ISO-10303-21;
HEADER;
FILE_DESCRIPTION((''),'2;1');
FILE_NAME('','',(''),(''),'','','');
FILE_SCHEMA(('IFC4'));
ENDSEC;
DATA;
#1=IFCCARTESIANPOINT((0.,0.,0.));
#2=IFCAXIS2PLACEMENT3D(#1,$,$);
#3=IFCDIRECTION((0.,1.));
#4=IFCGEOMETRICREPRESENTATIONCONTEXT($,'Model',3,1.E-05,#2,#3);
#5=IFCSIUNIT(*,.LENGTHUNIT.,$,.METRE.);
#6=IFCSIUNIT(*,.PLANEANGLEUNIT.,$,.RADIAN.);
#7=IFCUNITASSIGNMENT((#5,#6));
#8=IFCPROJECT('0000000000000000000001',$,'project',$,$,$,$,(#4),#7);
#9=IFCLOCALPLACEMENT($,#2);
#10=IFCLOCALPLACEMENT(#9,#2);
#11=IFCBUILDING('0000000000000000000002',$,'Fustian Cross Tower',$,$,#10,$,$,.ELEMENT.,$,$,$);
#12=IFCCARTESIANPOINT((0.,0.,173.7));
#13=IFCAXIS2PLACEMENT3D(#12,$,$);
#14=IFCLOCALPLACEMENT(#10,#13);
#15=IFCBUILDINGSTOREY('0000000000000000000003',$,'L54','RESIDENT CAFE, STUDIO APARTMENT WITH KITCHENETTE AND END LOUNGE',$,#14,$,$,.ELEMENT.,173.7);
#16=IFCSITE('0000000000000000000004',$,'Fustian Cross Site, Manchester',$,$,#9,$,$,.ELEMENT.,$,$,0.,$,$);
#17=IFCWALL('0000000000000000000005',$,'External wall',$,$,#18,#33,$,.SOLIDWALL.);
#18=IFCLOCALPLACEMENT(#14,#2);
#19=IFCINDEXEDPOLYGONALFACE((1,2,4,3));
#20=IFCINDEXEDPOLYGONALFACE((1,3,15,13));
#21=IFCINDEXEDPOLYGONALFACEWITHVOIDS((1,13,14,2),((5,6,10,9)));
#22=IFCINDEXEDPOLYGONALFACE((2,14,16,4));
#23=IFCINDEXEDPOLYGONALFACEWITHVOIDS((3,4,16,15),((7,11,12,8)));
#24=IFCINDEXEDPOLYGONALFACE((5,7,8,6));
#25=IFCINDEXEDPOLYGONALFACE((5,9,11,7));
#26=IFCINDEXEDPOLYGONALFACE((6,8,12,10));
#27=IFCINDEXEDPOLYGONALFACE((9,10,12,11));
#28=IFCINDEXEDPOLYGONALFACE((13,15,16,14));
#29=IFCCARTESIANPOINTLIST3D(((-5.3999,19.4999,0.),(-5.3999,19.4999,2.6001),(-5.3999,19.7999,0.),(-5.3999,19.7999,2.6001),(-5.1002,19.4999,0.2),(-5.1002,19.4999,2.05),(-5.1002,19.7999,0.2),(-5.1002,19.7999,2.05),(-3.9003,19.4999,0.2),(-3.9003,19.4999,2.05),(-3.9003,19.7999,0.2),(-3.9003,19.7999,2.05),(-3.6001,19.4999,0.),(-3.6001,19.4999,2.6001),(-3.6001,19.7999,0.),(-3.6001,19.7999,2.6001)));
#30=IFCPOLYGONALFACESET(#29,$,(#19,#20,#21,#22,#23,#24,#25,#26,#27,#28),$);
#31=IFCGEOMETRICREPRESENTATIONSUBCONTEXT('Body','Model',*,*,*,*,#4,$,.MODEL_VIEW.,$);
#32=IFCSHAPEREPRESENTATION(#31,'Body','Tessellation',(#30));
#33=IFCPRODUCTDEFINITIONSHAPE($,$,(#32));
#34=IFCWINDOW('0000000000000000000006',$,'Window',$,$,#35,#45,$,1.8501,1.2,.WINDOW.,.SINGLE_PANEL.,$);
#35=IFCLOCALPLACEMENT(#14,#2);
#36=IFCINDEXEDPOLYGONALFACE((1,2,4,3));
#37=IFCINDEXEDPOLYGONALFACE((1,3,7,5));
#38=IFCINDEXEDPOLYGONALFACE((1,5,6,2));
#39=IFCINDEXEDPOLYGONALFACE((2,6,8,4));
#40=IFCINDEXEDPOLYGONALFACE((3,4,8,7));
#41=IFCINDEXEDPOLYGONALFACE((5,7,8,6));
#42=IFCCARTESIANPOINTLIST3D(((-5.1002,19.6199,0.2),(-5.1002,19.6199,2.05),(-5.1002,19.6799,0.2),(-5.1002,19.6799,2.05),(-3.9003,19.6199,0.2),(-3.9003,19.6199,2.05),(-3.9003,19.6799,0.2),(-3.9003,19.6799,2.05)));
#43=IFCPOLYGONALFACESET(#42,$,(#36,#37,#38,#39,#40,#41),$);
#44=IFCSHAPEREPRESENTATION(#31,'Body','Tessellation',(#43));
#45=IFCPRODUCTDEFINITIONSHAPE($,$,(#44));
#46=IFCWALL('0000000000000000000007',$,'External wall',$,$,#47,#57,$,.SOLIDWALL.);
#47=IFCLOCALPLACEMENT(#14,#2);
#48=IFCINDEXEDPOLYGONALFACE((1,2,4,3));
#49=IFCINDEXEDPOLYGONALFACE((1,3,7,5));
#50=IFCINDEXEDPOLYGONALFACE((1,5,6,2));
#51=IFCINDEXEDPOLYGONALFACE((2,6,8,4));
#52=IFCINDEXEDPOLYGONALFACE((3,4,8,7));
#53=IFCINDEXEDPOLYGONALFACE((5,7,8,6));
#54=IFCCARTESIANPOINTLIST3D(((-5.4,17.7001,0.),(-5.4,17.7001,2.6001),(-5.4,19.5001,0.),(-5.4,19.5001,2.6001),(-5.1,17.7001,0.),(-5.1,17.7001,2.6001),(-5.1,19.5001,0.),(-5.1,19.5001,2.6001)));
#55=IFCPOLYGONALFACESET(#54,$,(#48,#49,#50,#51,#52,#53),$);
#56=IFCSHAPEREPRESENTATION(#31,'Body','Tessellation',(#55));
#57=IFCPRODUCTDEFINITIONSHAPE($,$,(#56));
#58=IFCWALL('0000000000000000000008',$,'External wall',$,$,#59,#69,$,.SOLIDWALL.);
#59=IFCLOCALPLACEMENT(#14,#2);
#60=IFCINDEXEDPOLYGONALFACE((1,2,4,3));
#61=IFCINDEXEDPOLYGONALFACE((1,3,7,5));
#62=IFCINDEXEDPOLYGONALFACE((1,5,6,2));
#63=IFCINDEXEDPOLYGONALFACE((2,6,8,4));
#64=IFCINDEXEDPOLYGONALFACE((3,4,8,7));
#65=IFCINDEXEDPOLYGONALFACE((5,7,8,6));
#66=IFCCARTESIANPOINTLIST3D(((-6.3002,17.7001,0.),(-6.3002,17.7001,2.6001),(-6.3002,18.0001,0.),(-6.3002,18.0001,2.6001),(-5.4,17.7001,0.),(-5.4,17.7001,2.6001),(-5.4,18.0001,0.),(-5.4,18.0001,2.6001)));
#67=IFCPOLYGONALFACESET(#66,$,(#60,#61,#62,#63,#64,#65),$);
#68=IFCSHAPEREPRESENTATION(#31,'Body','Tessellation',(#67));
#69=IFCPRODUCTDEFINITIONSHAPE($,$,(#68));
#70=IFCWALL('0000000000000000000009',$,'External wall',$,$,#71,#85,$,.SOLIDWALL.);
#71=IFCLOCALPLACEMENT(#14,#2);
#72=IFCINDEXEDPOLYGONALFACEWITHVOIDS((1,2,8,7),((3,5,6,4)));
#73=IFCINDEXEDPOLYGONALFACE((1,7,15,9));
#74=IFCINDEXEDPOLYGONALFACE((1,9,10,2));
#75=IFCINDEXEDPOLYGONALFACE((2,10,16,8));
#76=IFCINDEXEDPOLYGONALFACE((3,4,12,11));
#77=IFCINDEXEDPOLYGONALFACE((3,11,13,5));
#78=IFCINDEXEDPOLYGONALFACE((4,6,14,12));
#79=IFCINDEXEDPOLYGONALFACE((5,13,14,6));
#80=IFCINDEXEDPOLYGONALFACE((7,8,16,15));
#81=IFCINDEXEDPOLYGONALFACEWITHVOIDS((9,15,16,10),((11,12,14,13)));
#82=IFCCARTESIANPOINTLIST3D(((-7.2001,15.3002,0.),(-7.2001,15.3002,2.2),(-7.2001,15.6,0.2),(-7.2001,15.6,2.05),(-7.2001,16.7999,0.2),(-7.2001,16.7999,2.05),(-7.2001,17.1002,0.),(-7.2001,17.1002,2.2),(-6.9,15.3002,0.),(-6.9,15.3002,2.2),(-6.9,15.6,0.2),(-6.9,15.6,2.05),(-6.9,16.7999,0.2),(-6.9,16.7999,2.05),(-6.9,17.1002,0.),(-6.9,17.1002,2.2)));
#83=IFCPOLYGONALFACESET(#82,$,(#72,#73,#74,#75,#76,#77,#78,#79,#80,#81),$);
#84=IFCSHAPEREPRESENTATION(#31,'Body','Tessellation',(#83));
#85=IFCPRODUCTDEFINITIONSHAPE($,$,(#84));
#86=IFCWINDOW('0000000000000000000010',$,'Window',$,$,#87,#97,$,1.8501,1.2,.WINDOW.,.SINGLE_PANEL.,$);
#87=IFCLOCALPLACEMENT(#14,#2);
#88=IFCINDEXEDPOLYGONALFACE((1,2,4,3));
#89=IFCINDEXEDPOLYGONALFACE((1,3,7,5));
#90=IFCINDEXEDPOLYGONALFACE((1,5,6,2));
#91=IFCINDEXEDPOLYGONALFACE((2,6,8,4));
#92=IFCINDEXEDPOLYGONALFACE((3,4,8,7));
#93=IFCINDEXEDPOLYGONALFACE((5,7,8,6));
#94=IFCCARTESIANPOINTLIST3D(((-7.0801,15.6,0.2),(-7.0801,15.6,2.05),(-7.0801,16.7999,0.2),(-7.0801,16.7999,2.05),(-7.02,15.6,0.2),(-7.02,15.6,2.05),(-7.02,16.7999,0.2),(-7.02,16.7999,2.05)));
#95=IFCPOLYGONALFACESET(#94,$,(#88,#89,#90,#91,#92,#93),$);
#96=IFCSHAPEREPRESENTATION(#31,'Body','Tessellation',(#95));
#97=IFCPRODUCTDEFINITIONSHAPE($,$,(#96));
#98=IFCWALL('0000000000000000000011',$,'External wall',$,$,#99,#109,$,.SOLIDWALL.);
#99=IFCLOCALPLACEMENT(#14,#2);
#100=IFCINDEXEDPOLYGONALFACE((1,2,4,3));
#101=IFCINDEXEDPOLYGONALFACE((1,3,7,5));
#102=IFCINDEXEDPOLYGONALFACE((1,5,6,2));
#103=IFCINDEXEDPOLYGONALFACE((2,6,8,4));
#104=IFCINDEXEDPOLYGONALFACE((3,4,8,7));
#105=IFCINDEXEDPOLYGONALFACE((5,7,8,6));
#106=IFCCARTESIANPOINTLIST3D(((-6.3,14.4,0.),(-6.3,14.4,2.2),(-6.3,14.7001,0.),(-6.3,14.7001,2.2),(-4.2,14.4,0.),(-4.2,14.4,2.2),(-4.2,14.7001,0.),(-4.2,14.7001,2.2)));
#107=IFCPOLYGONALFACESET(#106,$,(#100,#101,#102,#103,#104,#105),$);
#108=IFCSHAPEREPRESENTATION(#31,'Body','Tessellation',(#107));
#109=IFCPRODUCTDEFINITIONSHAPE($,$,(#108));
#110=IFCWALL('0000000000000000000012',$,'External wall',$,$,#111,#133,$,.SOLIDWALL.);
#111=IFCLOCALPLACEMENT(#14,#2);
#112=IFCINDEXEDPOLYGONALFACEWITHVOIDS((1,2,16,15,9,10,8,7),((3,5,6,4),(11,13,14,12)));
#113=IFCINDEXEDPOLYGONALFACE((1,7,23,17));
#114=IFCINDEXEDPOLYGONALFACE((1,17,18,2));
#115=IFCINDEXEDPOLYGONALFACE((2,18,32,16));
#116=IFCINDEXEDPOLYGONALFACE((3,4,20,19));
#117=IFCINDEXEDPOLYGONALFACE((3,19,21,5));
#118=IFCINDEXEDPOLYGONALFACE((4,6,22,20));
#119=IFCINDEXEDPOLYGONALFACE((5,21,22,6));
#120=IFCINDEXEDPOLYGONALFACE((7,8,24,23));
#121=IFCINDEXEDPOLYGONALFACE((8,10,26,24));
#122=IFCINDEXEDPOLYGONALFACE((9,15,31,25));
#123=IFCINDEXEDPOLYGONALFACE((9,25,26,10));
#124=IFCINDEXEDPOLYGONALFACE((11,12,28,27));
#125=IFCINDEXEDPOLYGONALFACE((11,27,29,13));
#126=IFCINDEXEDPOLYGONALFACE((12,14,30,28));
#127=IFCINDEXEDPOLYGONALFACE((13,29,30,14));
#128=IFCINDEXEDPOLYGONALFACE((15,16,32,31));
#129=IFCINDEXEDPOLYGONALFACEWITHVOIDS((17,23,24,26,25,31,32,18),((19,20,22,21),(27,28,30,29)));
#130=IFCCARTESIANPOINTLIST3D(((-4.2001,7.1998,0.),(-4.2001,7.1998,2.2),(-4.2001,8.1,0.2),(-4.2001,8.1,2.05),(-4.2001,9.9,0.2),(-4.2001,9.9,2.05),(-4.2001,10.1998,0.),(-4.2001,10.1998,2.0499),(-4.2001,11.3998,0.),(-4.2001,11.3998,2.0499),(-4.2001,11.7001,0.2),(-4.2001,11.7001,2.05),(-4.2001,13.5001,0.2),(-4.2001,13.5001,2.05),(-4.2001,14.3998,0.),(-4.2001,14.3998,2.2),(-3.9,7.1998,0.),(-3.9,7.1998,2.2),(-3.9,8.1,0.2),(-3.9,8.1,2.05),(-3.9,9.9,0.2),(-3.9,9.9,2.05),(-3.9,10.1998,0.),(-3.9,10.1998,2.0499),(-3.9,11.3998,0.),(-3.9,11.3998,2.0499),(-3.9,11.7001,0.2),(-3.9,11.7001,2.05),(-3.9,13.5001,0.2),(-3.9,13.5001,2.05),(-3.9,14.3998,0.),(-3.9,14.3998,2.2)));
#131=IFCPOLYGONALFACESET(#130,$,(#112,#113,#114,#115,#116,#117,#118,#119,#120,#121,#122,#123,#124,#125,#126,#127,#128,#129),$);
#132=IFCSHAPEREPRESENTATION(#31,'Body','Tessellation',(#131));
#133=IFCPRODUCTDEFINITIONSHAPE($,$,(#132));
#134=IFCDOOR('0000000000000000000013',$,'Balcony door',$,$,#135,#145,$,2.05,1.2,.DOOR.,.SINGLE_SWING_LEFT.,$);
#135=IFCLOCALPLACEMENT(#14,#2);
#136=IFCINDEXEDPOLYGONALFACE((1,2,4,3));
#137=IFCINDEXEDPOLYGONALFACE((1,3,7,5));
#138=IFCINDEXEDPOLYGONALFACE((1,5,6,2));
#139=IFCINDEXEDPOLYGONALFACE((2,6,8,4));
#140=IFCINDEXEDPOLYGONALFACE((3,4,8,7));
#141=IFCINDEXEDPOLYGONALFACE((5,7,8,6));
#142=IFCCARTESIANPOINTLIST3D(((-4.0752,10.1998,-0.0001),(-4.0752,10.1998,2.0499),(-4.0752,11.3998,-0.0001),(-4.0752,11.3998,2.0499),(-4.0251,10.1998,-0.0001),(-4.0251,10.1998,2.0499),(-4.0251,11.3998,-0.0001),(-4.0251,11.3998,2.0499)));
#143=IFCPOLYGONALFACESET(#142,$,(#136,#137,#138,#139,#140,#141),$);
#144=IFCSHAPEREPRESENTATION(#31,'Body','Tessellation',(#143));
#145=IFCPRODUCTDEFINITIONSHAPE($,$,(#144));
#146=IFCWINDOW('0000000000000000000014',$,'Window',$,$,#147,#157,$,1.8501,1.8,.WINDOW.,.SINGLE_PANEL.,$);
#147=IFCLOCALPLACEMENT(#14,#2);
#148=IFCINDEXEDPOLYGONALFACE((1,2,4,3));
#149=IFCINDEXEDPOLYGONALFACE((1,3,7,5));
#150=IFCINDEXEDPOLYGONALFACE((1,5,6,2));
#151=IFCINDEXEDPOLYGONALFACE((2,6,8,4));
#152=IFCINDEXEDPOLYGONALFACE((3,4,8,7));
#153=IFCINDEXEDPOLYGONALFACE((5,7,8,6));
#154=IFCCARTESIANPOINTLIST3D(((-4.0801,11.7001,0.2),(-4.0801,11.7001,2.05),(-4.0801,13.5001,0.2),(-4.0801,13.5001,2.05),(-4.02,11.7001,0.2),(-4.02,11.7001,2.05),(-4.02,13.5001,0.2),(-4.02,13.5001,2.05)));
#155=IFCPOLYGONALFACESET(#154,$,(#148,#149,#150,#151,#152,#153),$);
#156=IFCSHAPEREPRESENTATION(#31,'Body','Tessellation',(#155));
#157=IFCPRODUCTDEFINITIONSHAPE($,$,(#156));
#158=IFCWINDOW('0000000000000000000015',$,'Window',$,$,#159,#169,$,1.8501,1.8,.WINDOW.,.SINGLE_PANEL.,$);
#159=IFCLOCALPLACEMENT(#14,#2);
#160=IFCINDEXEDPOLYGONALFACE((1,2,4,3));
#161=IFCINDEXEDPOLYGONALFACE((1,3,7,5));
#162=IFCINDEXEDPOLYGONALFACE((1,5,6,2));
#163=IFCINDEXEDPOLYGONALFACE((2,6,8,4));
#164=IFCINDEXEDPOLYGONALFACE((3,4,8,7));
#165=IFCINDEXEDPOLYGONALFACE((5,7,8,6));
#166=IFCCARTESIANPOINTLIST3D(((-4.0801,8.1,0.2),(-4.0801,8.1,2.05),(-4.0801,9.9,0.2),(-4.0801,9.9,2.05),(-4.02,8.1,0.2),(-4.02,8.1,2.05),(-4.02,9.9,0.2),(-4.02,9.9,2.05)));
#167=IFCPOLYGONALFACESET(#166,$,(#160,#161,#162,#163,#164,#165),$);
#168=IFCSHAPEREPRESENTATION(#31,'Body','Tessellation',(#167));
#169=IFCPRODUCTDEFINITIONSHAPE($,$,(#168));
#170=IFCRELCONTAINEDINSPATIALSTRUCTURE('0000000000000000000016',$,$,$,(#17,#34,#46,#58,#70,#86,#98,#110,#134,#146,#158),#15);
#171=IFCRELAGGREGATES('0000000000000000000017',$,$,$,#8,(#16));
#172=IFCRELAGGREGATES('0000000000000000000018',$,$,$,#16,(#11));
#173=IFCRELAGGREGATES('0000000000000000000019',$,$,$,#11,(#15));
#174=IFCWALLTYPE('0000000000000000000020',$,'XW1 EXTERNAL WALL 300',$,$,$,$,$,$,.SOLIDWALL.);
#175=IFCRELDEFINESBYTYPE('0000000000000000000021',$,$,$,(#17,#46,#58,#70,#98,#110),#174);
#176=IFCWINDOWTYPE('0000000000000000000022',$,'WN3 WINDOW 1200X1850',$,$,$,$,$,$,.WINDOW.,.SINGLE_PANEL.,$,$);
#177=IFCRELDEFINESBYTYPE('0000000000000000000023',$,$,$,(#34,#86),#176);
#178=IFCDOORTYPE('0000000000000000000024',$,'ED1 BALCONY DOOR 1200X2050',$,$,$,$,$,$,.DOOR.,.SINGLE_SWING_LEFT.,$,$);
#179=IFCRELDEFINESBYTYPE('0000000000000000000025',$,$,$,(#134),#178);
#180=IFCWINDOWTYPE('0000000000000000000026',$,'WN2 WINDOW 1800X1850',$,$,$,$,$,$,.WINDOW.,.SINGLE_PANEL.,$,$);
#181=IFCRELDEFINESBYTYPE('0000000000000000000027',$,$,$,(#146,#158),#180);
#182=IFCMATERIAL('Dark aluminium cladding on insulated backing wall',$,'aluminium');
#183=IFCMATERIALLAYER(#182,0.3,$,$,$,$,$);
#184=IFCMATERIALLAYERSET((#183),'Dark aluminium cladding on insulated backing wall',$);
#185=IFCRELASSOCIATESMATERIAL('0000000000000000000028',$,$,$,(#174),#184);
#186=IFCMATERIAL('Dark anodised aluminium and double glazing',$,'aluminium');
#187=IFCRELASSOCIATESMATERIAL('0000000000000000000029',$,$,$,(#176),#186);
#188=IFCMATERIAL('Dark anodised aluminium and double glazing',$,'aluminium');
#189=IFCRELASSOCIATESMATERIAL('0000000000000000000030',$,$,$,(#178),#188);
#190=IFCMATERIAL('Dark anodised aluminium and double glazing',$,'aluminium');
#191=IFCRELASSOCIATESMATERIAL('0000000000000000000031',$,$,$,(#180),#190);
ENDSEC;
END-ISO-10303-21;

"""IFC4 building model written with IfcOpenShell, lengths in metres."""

from ifc_helpers import new_model, si_unit, direction, frame, frame_2d, origin, place, context, subcontext, project, spatial, rectangle, extrude, material, layer, layer_set, type_object, element, fill, save


model = new_model("IFC4")

# Units and contexts
model_context = context("Model", 3, precision=1e-05, world=origin(), true_north=direction((0.0, 1.0)))
body_context = subcontext(model_context, "Body", "Model", "MODEL_VIEW")
ifc_project = project(units=[si_unit("LENGTHUNIT", "METRE"), si_unit("PLANEANGLEUNIT", "RADIAN")], contexts=[model_context])

# Site, building, storey
site_placement = place(None, origin())
site = spatial("IfcSite", under=ifc_project, at=site_placement, Name="Fustian Cross Site, Manchester", CompositionType="ELEMENT", RefElevation=0.0)
building_placement = place(site_placement, origin())
building = spatial("IfcBuilding", under=site, at=building_placement, Name="Fustian Cross Tower", CompositionType="ELEMENT")
storey_placement = place(building_placement, frame((0.0, 0.0, 173.7)))
storey = spatial("IfcBuildingStorey", under=building, at=storey_placement, Name="L54", Description="RESIDENT CAFE, STUDIO APARTMENT WITH KITCHENETTE AND END LOUNGE", CompositionType="ELEMENT", Elevation=173.7)

# Shared definitions
ifc_material_1 = material(Name="Dark aluminium cladding on insulated backing wall", Category="aluminium")
ifc_layer_1 = layer(ifc_material_1, 0.3)
ifc_layer_set_1 = layer_set([ifc_layer_1], Name="Dark aluminium cladding on insulated backing wall")
wall_type_1 = type_object("IfcWallType", Name="XW1 EXTERNAL WALL 300", PredefinedType="SOLIDWALL", material=ifc_layer_set_1)

# Wall, opening, window
wall_1_placement = place(storey_placement, frame((-3.6001, 19.6499, 0.0), z_axis=(0.0, 0.0, 1.0), x_axis=(-1.0, 0.0, 0.0)))
wall_1 = element("IfcWall", 1, at=wall_1_placement, inside=storey, type_object=wall_type_1, Name="External wall", PredefinedType="SOLIDWALL", context=body_context, shape_type="SweptSolid", body=[
    extrude(rectangle(XDim=1.7998, YDim=0.3, at=frame_2d((0.8999, 0.0))), origin(), (0.0, 0.0, 1.0), 2.6001),
])
opening_1_placement = place(wall_1_placement, frame((0.3, 0.0, 0.2)))
opening_1 = element("IfcOpeningElement", 2, at=opening_1_placement, cuts=wall_1, PredefinedType="OPENING", context=body_context, shape_type="SweptSolid", body=[
    extrude(rectangle(XDim=1.2, YDim=1.8501, at=frame_2d((0.6001, 0.925))), frame((0.0, 0.1599, 0.0), z_axis=(0.0, -1.0, 0.0), x_axis=(1.0, 0.0, 0.0)), (0.0, 0.0, 1.0), 0.3201),
])
ifc_material_2 = material(Name="Dark anodised aluminium and double glazing", Category="aluminium")
window_type_1 = type_object("IfcWindowType", Name="WN3 WINDOW 1200X1850", PartitioningType="SINGLE_PANEL", PredefinedType="WINDOW", material=ifc_material_2)
window_1_placement = place(opening_1_placement, origin())
window_1 = element("IfcWindow", 3, at=window_1_placement, inside=storey, type_object=window_type_1, Name="Window", OverallHeight=1.8501, OverallWidth=1.2, PartitioningType="SINGLE_PANEL", PredefinedType="WINDOW", context=body_context, shape_type="SweptSolid", body=[
    extrude(rectangle(XDim=1.2, YDim=1.8501, at=frame_2d((0.6001, 0.925))), frame((0.0, 0.03, 0.0), z_axis=(0.0, -1.0, 0.0), x_axis=(1.0, 0.0, 0.0)), (0.0, 0.0, 1.0), 0.0601),
])
fill(opening_1, window_1)

# Walls
wall_2_placement = place(storey_placement, frame((-5.25, 19.5, 0.0), z_axis=(0.0, 0.0, 1.0), x_axis=(0.0, -1.0, 0.0)))
element("IfcWall", 4, at=wall_2_placement, inside=storey, type_object=wall_type_1, Name="External wall", PredefinedType="SOLIDWALL", context=body_context, shape_type="SweptSolid", body=[
    extrude(rectangle(XDim=1.8, YDim=0.3, at=frame_2d((0.8999, 0.0))), origin(), (0.0, 0.0, 1.0), 2.6001),
])
wall_3_placement = place(storey_placement, frame((-5.3999, 17.8501, 0.0), z_axis=(0.0, 0.0, 1.0), x_axis=(-1.0, 0.0, 0.0)))
element("IfcWall", 5, at=wall_3_placement, inside=storey, type_object=wall_type_1, Name="External wall", PredefinedType="SOLIDWALL", context=body_context, shape_type="SweptSolid", body=[
    extrude(rectangle(XDim=0.9001, YDim=0.3, at=frame_2d((0.4502, 0.0))), origin(), (0.0, 0.0, 1.0), 2.6001),
])

# Wall, opening, window
wall_4_placement = place(storey_placement, frame((-7.05, 17.1001, 0.0), z_axis=(0.0, 0.0, 1.0), x_axis=(0.0, -1.0, 0.0)))
wall_4 = element("IfcWall", 6, at=wall_4_placement, inside=storey, type_object=wall_type_1, Name="External wall", PredefinedType="SOLIDWALL", context=body_context, shape_type="SweptSolid", body=[
    extrude(rectangle(XDim=1.8, YDim=0.3, at=frame_2d((0.8999, 0.0))), origin(), (0.0, 0.0, 1.0), 2.2),
])
opening_2_placement = place(wall_4_placement, frame((0.3, 0.0, 0.2)))
opening_2 = element("IfcOpeningElement", 7, at=opening_2_placement, cuts=wall_4, PredefinedType="OPENING", context=body_context, shape_type="SweptSolid", body=[
    extrude(rectangle(XDim=1.2, YDim=1.8501, at=frame_2d((0.6001, 0.925))), frame((0.0, 0.1599, 0.0), z_axis=(0.0, -1.0, 0.0), x_axis=(1.0, 0.0, 0.0)), (0.0, 0.0, 1.0), 0.3201),
])
window_2_placement = place(opening_2_placement, origin())
window_2 = element("IfcWindow", 8, at=window_2_placement, inside=storey, type_object=window_type_1, Name="Window", OverallHeight=1.8501, OverallWidth=1.2, PartitioningType="SINGLE_PANEL", PredefinedType="WINDOW", context=body_context, shape_type="SweptSolid", body=[
    extrude(rectangle(XDim=1.2, YDim=1.8501, at=frame_2d((0.6001, 0.925))), frame((0.0, 0.03, 0.0), z_axis=(0.0, -1.0, 0.0), x_axis=(1.0, 0.0, 0.0)), (0.0, 0.0, 1.0), 0.0601),
])
fill(opening_2, window_2)

# Wall
wall_5_placement = place(storey_placement, frame((-6.3, 14.55, 0.0), z_axis=(0.0, 0.0, 1.0), x_axis=(1.0, 0.0, 0.0)))
element("IfcWall", 9, at=wall_5_placement, inside=storey, type_object=wall_type_1, Name="External wall", PredefinedType="SOLIDWALL", context=body_context, shape_type="SweptSolid", body=[
    extrude(rectangle(XDim=2.1001, YDim=0.3, at=frame_2d((1.05, 0.0))), origin(), (0.0, 0.0, 1.0), 2.2),
])

# Wall, openings, door, windows
wall_6_placement = place(storey_placement, frame((-4.05, 14.3999, 0.0), z_axis=(0.0, 0.0, 1.0), x_axis=(0.0, -1.0, 0.0)))
wall_6 = element("IfcWall", 10, at=wall_6_placement, inside=storey, type_object=wall_type_1, Name="External wall", PredefinedType="SOLIDWALL", context=body_context, shape_type="SweptSolid", body=[
    extrude(rectangle(XDim=7.2, YDim=0.3, at=frame_2d((3.6001, 0.0))), origin(), (0.0, 0.0, 1.0), 2.2),
])
opening_3_placement = place(wall_6_placement, frame((3.0, 0.0, 0.0)))
opening_3 = element("IfcOpeningElement", 11, at=opening_3_placement, cuts=wall_6, PredefinedType="OPENING", context=body_context, shape_type="SweptSolid", body=[
    extrude(rectangle(XDim=1.2, YDim=2.05, at=frame_2d((0.6001, 1.0249))), frame((0.0, 0.1599, 0.0), z_axis=(0.0, -1.0, 0.0), x_axis=(1.0, 0.0, 0.0)), (0.0, 0.0, 1.0), 0.3201),
])
opening_4_placement = place(wall_6_placement, frame((0.8999, 0.0, 0.2)))
opening_4 = element("IfcOpeningElement", 12, at=opening_4_placement, cuts=wall_6, PredefinedType="OPENING", context=body_context, shape_type="SweptSolid", body=[
    extrude(rectangle(XDim=1.8, YDim=1.8501, at=frame_2d((0.8999, 0.925))), frame((0.0, 0.1599, 0.0), z_axis=(0.0, -1.0, 0.0), x_axis=(1.0, 0.0, 0.0)), (0.0, 0.0, 1.0), 0.3201),
])
opening_5_placement = place(wall_6_placement, frame((4.5, 0.0, 0.2)))
opening_5 = element("IfcOpeningElement", 13, at=opening_5_placement, cuts=wall_6, PredefinedType="OPENING", context=body_context, shape_type="SweptSolid", body=[
    extrude(rectangle(XDim=1.8, YDim=1.8501, at=frame_2d((0.8999, 0.925))), frame((0.0, 0.1599, 0.0), z_axis=(0.0, -1.0, 0.0), x_axis=(1.0, 0.0, 0.0)), (0.0, 0.0, 1.0), 0.3201),
])
ifc_material_3 = material(Name="Dark anodised aluminium and double glazing", Category="aluminium")
door_type_1 = type_object("IfcDoorType", Name="ED1 BALCONY DOOR 1200X2050", OperationType="SINGLE_SWING_LEFT", PredefinedType="DOOR", material=ifc_material_3)
door_1_placement = place(opening_3_placement, origin())
door_1 = element("IfcDoor", 14, at=door_1_placement, inside=storey, type_object=door_type_1, Name="Balcony door", OperationType="SINGLE_SWING_LEFT", OverallHeight=2.05, OverallWidth=1.2, PredefinedType="DOOR", context=body_context, shape_type="SweptSolid", body=[
    extrude(rectangle(XDim=1.2, YDim=2.05, at=frame_2d((0.6001, 1.0249))), frame((0.0, 0.0249, 0.0), z_axis=(0.0, -1.0, 0.0), x_axis=(1.0, 0.0, 0.0)), (0.0, 0.0, 1.0), 0.05),
])
fill(opening_3, door_1)
ifc_material_4 = material(Name="Dark anodised aluminium and double glazing", Category="aluminium")
window_type_2 = type_object("IfcWindowType", Name="WN2 WINDOW 1800X1850", PartitioningType="SINGLE_PANEL", PredefinedType="WINDOW", material=ifc_material_4)
window_3_placement = place(opening_4_placement, origin())
window_3 = element("IfcWindow", 15, at=window_3_placement, inside=storey, type_object=window_type_2, Name="Window", OverallHeight=1.8501, OverallWidth=1.8, PartitioningType="SINGLE_PANEL", PredefinedType="WINDOW", context=body_context, shape_type="SweptSolid", body=[
    extrude(rectangle(XDim=1.8, YDim=1.8501, at=frame_2d((0.8999, 0.925))), frame((0.0, 0.03, 0.0), z_axis=(0.0, -1.0, 0.0), x_axis=(1.0, 0.0, 0.0)), (0.0, 0.0, 1.0), 0.0601),
])
fill(opening_4, window_3)
window_4_placement = place(opening_5_placement, origin())
window_4 = element("IfcWindow", 16, at=window_4_placement, inside=storey, type_object=window_type_2, Name="Window", OverallHeight=1.8501, OverallWidth=1.8, PartitioningType="SINGLE_PANEL", PredefinedType="WINDOW", context=body_context, shape_type="SweptSolid", body=[
    extrude(rectangle(XDim=1.8, YDim=1.8501, at=frame_2d((0.8999, 0.925))), frame((0.0, 0.03, 0.0), z_axis=(0.0, -1.0, 0.0), x_axis=(1.0, 0.0, 0.0)), (0.0, 0.0, 1.0), 0.0601),
])
fill(opening_5, window_4)

save(model, "model.ifc")
